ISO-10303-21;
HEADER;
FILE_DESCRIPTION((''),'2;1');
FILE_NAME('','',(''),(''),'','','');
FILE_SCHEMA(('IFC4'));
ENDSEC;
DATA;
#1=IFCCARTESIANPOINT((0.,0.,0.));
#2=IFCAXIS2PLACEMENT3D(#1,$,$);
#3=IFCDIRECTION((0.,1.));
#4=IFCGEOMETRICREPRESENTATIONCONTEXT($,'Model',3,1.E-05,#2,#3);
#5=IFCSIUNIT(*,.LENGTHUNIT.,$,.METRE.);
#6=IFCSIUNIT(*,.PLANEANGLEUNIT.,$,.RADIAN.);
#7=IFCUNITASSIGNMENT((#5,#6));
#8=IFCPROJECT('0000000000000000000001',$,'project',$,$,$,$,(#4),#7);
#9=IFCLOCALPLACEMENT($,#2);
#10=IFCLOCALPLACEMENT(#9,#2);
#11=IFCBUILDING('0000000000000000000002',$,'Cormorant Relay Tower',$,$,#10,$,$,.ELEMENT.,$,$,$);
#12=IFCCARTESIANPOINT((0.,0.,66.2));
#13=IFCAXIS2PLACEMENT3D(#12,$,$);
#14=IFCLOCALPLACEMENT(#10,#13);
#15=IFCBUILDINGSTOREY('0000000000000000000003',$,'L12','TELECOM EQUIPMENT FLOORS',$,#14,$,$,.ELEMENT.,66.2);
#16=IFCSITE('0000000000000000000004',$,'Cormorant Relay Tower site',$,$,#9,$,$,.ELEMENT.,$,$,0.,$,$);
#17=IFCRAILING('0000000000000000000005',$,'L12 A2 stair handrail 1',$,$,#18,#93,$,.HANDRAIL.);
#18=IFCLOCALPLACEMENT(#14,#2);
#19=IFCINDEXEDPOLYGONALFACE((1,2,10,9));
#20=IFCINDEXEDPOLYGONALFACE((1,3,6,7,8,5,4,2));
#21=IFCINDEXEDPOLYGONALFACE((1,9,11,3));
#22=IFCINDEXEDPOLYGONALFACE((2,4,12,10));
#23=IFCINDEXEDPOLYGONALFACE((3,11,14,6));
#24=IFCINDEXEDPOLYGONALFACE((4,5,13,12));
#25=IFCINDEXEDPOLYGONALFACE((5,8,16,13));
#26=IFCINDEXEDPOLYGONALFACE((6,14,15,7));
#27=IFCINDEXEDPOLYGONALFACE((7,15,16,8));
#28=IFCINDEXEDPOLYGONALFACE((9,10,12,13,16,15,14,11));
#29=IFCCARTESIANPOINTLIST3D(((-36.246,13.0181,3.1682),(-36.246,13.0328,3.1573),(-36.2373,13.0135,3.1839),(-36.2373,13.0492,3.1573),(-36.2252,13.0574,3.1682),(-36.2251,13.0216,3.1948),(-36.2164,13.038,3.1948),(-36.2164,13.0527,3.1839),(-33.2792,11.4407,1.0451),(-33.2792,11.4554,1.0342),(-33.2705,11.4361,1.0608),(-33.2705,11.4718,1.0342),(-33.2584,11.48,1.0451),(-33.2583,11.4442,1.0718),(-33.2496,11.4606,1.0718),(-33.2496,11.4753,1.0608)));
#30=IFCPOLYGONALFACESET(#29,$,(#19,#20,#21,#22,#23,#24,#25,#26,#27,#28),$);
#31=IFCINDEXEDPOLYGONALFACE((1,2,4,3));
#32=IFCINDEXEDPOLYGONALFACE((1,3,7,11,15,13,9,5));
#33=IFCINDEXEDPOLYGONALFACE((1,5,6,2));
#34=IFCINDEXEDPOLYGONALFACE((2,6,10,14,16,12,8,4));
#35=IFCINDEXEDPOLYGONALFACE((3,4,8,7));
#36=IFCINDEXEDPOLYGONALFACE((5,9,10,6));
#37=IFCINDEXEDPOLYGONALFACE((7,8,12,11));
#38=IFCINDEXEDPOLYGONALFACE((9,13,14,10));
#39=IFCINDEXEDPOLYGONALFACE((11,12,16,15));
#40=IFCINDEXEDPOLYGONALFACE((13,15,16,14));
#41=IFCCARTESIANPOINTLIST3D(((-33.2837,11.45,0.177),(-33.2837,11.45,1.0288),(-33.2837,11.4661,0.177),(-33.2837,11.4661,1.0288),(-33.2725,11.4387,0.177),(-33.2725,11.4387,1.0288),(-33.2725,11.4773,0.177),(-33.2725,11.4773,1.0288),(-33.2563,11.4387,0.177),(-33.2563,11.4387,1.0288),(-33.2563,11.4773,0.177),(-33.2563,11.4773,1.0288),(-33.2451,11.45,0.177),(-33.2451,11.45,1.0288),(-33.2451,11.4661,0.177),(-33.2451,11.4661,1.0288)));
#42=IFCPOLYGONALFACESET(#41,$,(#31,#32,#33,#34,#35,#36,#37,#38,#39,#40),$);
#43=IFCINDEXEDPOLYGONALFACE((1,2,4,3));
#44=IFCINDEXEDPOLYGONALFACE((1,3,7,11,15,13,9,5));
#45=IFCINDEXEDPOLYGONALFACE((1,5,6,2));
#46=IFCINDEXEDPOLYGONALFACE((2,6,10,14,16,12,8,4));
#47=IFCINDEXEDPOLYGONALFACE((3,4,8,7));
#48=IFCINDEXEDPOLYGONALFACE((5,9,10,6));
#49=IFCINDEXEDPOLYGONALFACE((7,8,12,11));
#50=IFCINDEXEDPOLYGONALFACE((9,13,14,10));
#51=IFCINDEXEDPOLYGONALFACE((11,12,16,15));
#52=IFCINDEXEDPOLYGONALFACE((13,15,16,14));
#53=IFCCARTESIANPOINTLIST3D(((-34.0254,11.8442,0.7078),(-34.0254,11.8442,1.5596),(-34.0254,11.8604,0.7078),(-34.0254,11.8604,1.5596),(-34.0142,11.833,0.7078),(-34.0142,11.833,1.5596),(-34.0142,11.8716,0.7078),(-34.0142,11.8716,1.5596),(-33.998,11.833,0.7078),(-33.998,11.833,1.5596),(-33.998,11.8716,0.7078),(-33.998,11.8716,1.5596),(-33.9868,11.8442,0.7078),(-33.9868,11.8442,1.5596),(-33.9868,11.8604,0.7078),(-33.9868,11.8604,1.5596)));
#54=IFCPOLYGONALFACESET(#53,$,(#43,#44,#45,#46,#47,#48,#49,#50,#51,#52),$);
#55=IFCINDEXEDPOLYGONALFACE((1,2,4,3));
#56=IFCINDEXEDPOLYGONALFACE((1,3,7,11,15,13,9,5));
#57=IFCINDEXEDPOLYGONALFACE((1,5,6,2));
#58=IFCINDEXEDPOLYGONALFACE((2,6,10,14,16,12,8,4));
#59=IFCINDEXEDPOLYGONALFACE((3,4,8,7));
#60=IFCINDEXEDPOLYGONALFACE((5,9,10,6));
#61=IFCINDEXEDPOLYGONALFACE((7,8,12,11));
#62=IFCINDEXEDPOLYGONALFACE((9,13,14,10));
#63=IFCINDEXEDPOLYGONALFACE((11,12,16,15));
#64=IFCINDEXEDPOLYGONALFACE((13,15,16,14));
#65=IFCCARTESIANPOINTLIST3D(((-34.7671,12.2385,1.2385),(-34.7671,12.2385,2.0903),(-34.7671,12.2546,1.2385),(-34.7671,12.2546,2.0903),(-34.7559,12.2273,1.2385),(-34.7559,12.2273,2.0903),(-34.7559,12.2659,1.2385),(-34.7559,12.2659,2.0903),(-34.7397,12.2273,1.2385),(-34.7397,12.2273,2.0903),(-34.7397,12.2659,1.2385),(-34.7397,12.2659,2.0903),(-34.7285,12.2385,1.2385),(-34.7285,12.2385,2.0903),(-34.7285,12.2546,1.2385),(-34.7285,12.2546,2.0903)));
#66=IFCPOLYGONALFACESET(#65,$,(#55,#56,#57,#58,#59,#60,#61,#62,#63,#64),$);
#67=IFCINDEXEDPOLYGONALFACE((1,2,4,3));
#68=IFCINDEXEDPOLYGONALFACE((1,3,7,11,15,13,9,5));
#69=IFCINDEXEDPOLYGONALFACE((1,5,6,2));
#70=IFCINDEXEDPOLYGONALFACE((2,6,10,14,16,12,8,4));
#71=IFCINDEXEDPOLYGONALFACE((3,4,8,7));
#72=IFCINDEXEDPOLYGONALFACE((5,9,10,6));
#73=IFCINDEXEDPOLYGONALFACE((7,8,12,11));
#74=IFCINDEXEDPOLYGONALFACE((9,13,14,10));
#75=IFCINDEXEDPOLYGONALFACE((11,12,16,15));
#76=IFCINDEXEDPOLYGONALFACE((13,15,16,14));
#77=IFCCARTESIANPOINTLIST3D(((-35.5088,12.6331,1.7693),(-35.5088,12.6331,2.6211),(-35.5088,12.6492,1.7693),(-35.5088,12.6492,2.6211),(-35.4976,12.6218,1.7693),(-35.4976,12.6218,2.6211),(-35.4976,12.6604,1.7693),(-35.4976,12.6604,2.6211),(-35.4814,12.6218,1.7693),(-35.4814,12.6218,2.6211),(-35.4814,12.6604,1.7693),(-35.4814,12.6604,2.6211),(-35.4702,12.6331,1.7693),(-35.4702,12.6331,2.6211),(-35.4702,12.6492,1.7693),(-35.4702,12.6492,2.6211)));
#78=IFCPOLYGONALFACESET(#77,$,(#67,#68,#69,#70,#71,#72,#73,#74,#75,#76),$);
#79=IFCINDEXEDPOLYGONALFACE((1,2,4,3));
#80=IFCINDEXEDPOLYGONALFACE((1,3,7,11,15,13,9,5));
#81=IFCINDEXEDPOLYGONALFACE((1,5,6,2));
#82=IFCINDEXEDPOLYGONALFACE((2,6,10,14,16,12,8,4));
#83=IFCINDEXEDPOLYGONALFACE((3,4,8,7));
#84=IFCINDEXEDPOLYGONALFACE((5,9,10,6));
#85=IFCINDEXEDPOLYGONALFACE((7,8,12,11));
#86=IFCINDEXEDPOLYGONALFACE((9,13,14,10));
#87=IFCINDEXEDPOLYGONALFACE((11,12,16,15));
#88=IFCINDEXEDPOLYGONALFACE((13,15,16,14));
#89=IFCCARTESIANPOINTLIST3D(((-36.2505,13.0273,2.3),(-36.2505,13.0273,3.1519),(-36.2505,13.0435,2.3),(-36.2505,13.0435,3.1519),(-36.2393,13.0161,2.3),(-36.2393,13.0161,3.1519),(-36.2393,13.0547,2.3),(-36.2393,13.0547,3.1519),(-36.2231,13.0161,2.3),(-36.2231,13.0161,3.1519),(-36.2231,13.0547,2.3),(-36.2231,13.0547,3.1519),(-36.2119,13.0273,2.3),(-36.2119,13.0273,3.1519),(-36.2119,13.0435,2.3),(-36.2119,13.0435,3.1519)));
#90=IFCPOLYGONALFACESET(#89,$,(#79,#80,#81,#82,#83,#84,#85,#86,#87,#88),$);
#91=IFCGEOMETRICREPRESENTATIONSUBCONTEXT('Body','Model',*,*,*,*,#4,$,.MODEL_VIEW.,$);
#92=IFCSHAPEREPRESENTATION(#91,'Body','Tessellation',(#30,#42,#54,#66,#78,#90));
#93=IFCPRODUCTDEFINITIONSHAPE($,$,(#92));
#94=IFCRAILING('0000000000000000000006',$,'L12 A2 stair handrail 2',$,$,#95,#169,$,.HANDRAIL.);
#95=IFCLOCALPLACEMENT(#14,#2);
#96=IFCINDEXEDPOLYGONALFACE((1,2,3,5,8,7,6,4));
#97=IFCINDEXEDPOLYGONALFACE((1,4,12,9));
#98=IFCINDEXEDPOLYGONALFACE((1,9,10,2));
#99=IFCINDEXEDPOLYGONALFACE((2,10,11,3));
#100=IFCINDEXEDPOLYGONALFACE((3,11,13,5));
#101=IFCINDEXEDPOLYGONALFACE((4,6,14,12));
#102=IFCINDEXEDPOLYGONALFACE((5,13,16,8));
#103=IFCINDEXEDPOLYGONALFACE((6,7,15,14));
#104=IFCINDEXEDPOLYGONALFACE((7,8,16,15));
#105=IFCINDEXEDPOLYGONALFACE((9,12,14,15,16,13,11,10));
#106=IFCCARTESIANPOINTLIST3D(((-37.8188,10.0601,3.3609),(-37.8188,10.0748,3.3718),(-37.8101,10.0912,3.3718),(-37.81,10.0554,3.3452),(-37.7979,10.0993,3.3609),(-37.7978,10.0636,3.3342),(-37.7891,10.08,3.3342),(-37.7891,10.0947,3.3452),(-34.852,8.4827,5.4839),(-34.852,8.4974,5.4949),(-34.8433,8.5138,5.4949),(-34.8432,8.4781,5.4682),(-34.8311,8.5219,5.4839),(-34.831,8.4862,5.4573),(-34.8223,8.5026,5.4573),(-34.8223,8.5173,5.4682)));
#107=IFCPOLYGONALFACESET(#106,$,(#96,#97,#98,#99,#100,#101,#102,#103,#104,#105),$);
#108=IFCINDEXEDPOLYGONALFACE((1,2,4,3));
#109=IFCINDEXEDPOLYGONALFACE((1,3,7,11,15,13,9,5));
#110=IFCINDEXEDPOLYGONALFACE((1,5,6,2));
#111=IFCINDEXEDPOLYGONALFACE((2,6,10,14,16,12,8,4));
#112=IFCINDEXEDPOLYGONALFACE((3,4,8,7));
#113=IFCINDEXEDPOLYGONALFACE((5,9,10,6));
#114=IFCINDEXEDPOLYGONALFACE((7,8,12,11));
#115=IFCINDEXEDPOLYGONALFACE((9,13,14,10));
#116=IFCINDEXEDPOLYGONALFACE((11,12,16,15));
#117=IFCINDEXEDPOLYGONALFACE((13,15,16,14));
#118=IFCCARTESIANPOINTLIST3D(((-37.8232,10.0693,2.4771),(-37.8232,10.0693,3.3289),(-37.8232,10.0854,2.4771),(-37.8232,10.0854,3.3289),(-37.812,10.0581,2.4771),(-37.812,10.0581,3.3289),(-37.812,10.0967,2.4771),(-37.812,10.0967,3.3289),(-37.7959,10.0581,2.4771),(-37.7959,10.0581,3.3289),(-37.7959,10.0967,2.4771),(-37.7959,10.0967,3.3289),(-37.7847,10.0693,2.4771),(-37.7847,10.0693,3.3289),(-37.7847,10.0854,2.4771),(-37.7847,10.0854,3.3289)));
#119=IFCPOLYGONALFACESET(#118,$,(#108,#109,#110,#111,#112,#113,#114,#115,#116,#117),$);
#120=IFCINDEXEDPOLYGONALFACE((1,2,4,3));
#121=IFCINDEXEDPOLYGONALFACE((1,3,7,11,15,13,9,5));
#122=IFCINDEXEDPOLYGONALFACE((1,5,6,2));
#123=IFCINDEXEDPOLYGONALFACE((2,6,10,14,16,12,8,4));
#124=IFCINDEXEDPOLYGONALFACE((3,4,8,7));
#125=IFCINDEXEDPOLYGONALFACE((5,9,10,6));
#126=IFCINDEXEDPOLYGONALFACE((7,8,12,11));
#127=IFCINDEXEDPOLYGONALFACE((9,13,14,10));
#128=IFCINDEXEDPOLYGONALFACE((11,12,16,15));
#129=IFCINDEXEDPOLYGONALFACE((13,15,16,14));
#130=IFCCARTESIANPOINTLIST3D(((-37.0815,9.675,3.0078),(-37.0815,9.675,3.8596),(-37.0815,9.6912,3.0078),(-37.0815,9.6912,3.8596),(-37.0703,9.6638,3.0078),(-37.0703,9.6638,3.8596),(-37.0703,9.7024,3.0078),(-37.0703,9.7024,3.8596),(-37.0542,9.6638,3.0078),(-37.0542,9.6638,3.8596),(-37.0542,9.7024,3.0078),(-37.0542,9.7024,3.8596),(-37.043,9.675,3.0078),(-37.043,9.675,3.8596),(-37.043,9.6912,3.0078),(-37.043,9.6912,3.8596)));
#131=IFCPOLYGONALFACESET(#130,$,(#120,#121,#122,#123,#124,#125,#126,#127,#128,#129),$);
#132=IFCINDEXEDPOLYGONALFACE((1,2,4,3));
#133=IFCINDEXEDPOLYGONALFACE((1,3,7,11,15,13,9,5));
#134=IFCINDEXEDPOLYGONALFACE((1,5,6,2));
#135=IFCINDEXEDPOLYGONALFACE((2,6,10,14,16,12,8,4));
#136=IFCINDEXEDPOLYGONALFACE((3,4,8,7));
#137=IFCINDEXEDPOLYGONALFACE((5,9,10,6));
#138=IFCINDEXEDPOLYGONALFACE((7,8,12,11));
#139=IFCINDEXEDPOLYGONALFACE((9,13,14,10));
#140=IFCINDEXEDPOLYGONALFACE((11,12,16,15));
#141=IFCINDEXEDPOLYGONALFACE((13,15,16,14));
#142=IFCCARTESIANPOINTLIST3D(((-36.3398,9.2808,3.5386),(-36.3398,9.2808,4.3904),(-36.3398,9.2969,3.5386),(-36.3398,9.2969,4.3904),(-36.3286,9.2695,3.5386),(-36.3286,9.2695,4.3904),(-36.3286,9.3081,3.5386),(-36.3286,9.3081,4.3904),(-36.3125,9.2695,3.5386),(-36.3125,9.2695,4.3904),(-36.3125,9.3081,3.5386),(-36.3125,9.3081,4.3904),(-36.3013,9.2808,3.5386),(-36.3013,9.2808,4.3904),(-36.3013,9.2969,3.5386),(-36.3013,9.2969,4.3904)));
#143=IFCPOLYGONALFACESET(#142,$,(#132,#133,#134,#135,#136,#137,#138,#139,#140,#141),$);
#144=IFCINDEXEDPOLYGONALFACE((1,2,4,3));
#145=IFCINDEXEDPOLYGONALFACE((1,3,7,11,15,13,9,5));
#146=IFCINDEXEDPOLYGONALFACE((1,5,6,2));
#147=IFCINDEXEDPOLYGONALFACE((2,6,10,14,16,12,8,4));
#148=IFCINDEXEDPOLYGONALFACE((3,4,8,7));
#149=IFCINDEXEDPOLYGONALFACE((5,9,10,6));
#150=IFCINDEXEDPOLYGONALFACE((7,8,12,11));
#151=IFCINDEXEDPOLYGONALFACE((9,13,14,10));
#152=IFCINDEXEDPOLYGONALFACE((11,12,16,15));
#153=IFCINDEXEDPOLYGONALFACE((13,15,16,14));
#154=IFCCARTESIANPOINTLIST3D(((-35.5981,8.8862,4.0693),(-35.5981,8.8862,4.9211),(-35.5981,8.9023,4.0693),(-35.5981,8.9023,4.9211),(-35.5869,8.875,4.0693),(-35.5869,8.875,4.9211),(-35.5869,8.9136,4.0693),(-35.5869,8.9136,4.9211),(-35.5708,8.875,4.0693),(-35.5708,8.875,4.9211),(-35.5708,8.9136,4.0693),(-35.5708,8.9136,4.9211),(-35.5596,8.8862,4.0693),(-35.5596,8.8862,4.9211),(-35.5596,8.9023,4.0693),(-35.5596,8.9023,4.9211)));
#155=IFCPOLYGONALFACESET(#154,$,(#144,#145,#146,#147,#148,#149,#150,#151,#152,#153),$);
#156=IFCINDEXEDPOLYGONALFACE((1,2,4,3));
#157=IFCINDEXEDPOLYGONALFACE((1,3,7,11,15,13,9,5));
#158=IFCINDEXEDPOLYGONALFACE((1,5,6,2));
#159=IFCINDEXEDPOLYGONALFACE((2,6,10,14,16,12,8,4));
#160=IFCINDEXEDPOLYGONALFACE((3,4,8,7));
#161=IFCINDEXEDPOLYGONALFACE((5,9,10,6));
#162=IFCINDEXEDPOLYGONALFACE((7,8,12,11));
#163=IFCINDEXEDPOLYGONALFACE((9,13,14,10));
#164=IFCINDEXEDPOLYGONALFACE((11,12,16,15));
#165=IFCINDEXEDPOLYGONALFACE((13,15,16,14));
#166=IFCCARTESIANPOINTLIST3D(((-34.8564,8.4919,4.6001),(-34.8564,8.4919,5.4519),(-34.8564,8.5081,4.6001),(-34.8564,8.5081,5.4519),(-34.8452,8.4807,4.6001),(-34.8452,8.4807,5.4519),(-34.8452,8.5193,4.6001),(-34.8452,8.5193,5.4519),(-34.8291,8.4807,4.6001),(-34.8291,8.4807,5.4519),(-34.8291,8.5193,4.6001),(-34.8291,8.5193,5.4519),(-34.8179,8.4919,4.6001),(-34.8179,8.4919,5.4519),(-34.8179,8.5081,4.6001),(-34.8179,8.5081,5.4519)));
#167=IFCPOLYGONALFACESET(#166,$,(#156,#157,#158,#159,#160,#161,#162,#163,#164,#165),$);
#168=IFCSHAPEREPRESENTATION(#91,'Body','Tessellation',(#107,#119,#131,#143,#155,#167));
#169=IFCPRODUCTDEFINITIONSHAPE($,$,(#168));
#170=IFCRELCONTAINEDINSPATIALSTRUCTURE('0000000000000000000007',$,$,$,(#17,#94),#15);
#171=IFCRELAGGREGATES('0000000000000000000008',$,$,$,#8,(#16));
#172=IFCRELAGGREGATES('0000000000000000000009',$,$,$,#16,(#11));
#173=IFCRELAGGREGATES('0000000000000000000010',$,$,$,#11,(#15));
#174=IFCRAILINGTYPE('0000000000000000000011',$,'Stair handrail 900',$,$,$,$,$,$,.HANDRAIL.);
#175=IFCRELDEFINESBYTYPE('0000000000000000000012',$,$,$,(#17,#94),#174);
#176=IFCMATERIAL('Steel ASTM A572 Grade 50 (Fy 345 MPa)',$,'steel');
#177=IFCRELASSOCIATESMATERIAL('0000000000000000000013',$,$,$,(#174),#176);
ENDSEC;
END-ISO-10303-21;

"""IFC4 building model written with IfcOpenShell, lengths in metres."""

from ifc_helpers import new_model, si_unit, direction, frame, origin, place, context, subcontext, project, spatial, polyline, outline, extrude, material, type_object, element, save


model = new_model("IFC4")

# Units and contexts
model_context = context("Model", 3, precision=1e-05, world=origin(), true_north=direction((0.0, 1.0)))
body_context = subcontext(model_context, "Body", "Model", "MODEL_VIEW")
ifc_project = project(units=[si_unit("LENGTHUNIT", "METRE"), si_unit("PLANEANGLEUNIT", "RADIAN")], contexts=[model_context])

# Site, building, storey
site_placement = place(None, origin())
site = spatial("IfcSite", under=ifc_project, at=site_placement, Name="Cormorant Relay Tower site", CompositionType="ELEMENT", RefElevation=0.0)
building_placement = place(site_placement, origin())
building = spatial("IfcBuilding", under=site, at=building_placement, Name="Cormorant Relay Tower", CompositionType="ELEMENT")
storey_placement = place(building_placement, frame((0.0, 0.0, 66.2)))
storey = spatial("IfcBuildingStorey", under=building, at=storey_placement, Name="L12", Description="TELECOM EQUIPMENT FLOORS", CompositionType="ELEMENT", Elevation=66.2)

# Railings
ifc_material_1 = material(Name="Steel ASTM A572 Grade 50 (Fy 345 MPa)", Category="steel")
railing_type_1 = type_object("IfcRailingType", Name="Stair handrail 900", PredefinedType="HANDRAIL", material=ifc_material_1)
railing_1_placement = place(storey_placement, frame((-33.2644, 11.458, 0.177)))
element("IfcRailing", 1, at=railing_1_placement, inside=storey, type_object=railing_type_1, Name="L12 A2 stair handrail 1", PredefinedType="HANDRAIL", context=body_context, shape_type="SweptSolid", body=[
    extrude(outline(polyline([(0.0222, 0.0093), (0.0093, 0.0222), (-0.0093, 0.0222), (-0.0222, 0.0093), (-0.0222, -0.0093), (-0.0093, -0.0222), (0.0093, -0.0222), (0.0222, -0.0093), (0.0222, 0.0093)])), frame((0.0, 0.0, 0.876), z_axis=(-0.746441, 0.396869, 0.534155), x_axis=(-0.469453, -0.882958, 0.0)), (0.0, 0.0, 1.0), 3.9746),
    extrude(outline(polyline([(0.0193, 0.0081), (0.0081, 0.0193), (-0.0081, 0.0193), (-0.0193, 0.0081), (-0.0193, -0.0081), (-0.0081, -0.0193), (0.0081, -0.0193), (0.0193, -0.0081), (0.0193, 0.0081)])), origin(), (0.0, 0.0, 1.0), 0.8518),
    extrude(outline(polyline([(0.0193, 0.0081), (0.0081, 0.0193), (-0.0081, 0.0193), (-0.0193, 0.0081), (-0.0193, -0.0081), (-0.0081, -0.0193), (0.0081, -0.0193), (0.0193, -0.0081), (0.0193, 0.0081)])), frame((-0.7417, 0.3943, 0.5308)), (0.0, 0.0, 1.0), 0.8518),
    extrude(outline(polyline([(0.0193, 0.0081), (0.0081, 0.0193), (-0.0081, 0.0193), (-0.0193, 0.0081), (-0.0193, -0.0081), (-0.0081, -0.0193), (0.0081, -0.0193), (0.0193, -0.0081), (0.0193, 0.0081)])), frame((-1.4834, 0.7886, 1.0615)), (0.0, 0.0, 1.0), 0.8518),
    extrude(outline(polyline([(0.0193, 0.0081), (0.0081, 0.0193), (-0.0081, 0.0193), (-0.0193, 0.0081), (-0.0193, -0.0081), (-0.0081, -0.0193), (0.0081, -0.0193), (0.0193, -0.0081), (0.0193, 0.0081)])), frame((-2.2251, 1.1831, 1.5923)), (0.0, 0.0, 1.0), 0.8518),
    extrude(outline(polyline([(0.0193, 0.0081), (0.0081, 0.0193), (-0.0081, 0.0193), (-0.0193, 0.0081), (-0.0193, -0.0081), (-0.0081, -0.0193), (0.0081, -0.0193), (0.0193, -0.0081), (0.0193, 0.0081)])), frame((-2.9668, 1.5774, 2.123)), (0.0, 0.0, 1.0), 0.8518),
])
railing_2_placement = place(storey_placement, frame((-37.804, 10.0774, 2.4771)))
element("IfcRailing", 2, at=railing_2_placement, inside=storey, type_object=railing_type_1, Name="L12 A2 stair handrail 2", PredefinedType="HANDRAIL", context=body_context, shape_type="SweptSolid", body=[
    extrude(outline(polyline([(0.0222, 0.0093), (0.0093, 0.0222), (-0.0093, 0.0222), (-0.0222, 0.0093), (-0.0222, -0.0093), (-0.0093, -0.0222), (0.0093, -0.0222), (0.0222, -0.0093), (0.0222, 0.0093)])), frame((0.0, 0.0, 0.876), z_axis=(0.746441, -0.396869, 0.534155), x_axis=(0.469453, 0.882958, 0.0)), (0.0, 0.0, 1.0), 3.9746),
    extrude(outline(polyline([(0.0193, 0.0081), (0.0081, 0.0193), (-0.0081, 0.0193), (-0.0193, 0.0081), (-0.0193, -0.0081), (-0.0081, -0.0193), (0.0081, -0.0193), (0.0193, -0.0081), (0.0193, 0.0081)])), origin(), (0.0, 0.0, 1.0), 0.8518),
    extrude(outline(polyline([(0.0193, 0.0081), (0.0081, 0.0193), (-0.0081, 0.0193), (-0.0193, 0.0081), (-0.0193, -0.0081), (-0.0081, -0.0193), (0.0081, -0.0193), (0.0193, -0.0081), (0.0193, 0.0081)])), frame((0.7417, -0.3943, 0.5308)), (0.0, 0.0, 1.0), 0.8518),
    extrude(outline(polyline([(0.0193, 0.0081), (0.0081, 0.0193), (-0.0081, 0.0193), (-0.0193, 0.0081), (-0.0193, -0.0081), (-0.0081, -0.0193), (0.0081, -0.0193), (0.0193, -0.0081), (0.0193, 0.0081)])), frame((1.4834, -0.7886, 1.0615)), (0.0, 0.0, 1.0), 0.8518),
    extrude(outline(polyline([(0.0193, 0.0081), (0.0081, 0.0193), (-0.0081, 0.0193), (-0.0193, 0.0081), (-0.0193, -0.0081), (-0.0081, -0.0193), (0.0081, -0.0193), (0.0193, -0.0081), (0.0193, 0.0081)])), frame((2.2251, -1.1831, 1.5923)), (0.0, 0.0, 1.0), 0.8518),
    extrude(outline(polyline([(0.0193, 0.0081), (0.0081, 0.0193), (-0.0081, 0.0193), (-0.0193, 0.0081), (-0.0193, -0.0081), (-0.0081, -0.0193), (0.0081, -0.0193), (0.0193, -0.0081), (0.0193, 0.0081)])), frame((2.9668, -1.5774, 2.123)), (0.0, 0.0, 1.0), 0.8518),
])

save(model, "model.ifc")
